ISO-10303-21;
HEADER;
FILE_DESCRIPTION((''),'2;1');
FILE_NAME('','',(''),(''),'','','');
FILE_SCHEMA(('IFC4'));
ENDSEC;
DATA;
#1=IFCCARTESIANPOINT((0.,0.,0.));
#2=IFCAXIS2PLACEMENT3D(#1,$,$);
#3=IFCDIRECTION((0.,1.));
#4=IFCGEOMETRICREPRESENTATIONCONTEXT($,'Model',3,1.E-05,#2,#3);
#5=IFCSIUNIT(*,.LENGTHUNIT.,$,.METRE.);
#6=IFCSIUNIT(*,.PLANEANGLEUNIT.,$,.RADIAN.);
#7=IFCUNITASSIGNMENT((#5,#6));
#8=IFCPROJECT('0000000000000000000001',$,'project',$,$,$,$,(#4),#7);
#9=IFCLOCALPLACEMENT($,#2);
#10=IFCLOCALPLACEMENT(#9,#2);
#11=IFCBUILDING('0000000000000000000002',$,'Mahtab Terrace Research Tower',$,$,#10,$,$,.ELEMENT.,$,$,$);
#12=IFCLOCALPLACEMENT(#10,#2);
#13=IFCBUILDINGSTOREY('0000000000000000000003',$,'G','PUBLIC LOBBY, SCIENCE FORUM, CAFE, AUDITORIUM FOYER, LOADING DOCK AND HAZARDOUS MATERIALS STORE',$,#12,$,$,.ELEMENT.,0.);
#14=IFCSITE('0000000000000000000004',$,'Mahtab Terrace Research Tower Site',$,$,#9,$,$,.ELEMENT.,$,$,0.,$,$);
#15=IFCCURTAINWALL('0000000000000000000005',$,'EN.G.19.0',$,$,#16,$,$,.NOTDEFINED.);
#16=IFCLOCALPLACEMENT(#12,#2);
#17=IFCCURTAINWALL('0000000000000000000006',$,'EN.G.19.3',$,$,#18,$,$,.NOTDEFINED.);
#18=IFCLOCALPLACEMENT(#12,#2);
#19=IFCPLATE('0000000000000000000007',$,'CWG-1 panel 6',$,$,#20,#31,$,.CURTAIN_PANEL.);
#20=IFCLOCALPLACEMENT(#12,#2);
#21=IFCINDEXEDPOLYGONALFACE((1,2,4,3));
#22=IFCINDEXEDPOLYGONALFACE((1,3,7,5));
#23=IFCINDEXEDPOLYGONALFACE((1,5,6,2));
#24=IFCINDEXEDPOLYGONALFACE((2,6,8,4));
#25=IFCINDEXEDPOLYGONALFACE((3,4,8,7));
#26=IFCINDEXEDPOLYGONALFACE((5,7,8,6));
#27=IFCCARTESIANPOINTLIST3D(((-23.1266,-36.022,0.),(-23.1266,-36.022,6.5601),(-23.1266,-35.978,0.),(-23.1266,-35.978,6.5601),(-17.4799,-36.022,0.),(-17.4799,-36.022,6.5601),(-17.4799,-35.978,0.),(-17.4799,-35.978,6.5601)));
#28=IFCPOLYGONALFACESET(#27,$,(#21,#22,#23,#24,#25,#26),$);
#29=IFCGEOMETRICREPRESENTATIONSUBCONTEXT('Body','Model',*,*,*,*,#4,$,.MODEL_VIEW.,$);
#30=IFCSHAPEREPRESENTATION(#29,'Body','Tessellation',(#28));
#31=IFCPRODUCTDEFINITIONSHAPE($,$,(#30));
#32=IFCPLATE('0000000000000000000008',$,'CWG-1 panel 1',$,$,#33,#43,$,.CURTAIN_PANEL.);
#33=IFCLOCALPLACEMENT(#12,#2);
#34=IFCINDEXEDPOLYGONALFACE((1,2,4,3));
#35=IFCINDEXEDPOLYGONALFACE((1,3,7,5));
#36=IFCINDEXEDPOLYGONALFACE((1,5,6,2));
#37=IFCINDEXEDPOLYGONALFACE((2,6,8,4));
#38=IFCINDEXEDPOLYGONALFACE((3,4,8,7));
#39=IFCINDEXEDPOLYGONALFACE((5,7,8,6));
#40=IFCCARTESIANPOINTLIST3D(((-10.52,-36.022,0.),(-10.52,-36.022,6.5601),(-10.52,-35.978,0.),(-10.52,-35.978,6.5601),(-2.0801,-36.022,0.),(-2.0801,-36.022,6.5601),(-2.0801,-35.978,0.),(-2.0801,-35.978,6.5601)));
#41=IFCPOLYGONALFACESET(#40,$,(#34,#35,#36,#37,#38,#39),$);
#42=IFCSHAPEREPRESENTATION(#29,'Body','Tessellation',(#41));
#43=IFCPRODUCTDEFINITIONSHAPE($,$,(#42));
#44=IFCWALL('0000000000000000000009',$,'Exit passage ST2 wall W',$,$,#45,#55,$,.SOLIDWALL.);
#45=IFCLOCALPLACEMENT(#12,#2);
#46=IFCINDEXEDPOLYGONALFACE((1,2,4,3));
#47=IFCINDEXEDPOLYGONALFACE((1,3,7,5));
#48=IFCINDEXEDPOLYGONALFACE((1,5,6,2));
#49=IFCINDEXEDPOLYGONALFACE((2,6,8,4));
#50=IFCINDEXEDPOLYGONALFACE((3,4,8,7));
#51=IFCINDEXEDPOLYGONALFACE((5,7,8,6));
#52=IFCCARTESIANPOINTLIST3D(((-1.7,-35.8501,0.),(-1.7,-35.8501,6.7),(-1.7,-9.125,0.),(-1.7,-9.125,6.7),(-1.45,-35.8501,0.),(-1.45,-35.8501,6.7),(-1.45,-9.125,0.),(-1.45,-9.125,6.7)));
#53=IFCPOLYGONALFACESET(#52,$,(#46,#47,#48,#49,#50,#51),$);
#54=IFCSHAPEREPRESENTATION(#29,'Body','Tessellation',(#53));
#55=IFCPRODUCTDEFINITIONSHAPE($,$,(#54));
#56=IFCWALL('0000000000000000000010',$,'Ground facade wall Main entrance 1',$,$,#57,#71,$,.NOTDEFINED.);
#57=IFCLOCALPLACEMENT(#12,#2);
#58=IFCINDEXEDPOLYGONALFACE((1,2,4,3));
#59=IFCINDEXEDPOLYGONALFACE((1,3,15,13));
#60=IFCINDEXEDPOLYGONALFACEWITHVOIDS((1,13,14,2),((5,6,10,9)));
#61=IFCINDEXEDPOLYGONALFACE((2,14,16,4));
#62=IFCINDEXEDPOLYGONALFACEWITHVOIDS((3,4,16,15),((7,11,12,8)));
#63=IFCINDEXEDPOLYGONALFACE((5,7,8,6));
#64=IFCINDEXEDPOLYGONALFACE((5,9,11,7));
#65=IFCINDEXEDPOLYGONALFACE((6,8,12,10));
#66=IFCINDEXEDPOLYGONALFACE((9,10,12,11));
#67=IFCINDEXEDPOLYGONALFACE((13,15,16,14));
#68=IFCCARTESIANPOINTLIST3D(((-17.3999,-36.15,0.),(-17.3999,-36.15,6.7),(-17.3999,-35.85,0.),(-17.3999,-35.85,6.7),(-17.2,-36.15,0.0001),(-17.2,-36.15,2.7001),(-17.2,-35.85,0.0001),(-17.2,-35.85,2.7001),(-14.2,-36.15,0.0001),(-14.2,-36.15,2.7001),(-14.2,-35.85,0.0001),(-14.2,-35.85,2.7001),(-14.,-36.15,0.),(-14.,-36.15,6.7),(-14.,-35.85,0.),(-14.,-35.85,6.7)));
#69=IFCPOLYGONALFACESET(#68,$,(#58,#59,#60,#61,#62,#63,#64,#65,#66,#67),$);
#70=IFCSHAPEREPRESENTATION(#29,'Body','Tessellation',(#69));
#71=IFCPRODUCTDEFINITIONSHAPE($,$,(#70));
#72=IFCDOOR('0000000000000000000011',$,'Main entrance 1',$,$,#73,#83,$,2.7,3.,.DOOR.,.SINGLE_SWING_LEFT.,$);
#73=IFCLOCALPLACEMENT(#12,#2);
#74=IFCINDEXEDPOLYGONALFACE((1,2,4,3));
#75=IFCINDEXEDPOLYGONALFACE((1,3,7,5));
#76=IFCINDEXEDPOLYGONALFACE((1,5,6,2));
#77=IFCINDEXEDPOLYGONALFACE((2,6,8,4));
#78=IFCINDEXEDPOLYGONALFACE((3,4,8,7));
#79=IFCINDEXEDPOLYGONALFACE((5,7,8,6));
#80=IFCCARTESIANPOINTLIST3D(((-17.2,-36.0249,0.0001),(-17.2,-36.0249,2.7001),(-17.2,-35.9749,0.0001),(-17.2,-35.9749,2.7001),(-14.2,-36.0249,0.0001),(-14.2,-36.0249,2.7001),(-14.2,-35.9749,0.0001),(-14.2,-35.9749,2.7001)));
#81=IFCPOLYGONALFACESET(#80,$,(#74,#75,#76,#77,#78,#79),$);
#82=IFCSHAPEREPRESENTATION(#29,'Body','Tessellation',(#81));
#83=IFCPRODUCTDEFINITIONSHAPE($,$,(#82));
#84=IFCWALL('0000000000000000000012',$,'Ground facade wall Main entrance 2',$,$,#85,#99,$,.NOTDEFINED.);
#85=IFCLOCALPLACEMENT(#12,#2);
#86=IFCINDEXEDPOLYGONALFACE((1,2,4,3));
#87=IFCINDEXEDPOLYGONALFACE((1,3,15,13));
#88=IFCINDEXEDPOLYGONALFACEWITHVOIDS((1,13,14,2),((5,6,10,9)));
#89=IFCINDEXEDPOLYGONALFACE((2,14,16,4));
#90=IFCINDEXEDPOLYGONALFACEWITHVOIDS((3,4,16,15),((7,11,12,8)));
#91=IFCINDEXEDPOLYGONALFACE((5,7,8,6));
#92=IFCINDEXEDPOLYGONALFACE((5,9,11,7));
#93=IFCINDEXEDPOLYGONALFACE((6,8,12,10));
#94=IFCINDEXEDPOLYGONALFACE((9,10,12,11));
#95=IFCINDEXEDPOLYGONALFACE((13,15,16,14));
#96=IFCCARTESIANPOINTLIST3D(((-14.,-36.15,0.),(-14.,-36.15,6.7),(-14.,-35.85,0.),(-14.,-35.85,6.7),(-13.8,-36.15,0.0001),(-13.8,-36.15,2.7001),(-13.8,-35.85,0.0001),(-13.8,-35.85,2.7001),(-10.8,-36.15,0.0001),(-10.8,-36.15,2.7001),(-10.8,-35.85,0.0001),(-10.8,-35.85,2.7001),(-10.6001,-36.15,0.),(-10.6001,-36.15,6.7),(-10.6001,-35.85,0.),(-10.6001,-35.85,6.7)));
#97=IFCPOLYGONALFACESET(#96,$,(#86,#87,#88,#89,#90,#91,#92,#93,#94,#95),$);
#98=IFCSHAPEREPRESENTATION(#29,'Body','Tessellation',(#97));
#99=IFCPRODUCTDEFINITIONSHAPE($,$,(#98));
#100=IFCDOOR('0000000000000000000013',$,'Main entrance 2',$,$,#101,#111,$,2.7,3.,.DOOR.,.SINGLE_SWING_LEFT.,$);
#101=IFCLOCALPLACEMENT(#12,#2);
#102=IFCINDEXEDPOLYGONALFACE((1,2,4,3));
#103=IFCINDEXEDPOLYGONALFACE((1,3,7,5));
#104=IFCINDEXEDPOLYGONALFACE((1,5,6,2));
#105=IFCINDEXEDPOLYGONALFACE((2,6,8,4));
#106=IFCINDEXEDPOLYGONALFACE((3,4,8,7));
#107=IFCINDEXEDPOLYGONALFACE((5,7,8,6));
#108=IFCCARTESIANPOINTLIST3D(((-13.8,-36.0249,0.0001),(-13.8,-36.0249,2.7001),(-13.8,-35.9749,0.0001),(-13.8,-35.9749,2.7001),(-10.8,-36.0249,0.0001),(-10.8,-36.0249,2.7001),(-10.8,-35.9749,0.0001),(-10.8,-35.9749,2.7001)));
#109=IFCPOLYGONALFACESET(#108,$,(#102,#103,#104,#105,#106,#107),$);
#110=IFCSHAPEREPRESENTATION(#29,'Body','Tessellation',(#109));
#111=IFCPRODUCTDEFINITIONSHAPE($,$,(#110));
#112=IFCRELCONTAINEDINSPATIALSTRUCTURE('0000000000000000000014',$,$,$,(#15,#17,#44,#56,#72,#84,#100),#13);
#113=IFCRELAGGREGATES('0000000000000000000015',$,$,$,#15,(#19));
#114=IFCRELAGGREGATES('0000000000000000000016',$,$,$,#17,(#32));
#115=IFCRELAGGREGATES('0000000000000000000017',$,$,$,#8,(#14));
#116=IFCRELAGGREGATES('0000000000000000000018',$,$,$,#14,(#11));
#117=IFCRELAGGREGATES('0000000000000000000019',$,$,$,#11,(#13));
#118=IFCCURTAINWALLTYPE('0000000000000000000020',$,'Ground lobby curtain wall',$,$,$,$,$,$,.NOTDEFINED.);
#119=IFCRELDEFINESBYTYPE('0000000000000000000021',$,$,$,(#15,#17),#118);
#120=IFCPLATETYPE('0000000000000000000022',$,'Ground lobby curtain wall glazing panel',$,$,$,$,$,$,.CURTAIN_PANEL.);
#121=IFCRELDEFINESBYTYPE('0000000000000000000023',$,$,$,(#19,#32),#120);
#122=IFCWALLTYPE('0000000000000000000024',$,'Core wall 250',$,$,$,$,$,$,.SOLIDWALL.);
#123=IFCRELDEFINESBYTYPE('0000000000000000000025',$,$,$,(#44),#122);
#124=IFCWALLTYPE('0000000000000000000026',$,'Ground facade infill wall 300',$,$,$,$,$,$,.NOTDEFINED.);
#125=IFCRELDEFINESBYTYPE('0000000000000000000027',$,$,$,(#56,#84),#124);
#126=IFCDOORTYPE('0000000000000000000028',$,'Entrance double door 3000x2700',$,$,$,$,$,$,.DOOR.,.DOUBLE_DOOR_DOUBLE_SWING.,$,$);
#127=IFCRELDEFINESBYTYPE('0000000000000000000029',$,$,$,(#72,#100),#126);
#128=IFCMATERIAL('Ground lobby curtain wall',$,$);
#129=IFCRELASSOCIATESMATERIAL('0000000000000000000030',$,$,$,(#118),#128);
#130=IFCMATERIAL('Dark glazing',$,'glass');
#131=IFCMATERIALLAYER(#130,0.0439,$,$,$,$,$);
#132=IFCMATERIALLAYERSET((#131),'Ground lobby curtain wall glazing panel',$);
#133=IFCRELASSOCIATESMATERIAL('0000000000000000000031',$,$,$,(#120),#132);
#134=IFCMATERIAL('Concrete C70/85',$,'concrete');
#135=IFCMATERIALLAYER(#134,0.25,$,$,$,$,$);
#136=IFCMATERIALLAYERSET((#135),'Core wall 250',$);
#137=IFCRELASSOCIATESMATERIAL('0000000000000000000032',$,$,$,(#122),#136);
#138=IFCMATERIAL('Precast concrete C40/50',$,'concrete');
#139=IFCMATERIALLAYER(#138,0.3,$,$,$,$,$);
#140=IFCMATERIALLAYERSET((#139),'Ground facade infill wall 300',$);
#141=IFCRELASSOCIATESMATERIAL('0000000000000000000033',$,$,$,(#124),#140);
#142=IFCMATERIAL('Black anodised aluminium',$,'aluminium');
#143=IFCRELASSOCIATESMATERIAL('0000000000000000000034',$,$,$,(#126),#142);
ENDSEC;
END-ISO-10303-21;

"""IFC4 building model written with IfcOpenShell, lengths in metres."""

from ifc_helpers import new_model, si_unit, direction, frame, frame_2d, origin, origin_2d, place, context, subcontext, project, spatial, rectangle, extrude, material, layer, layer_set, type_object, element, fill, aggregate, save


model = new_model("IFC4")

# Units and contexts
model_context = context("Model", 3, precision=1e-05, world=origin(), true_north=direction((0.0, 1.0)))
body_context = subcontext(model_context, "Body", "Model", "MODEL_VIEW")
ifc_project = project(units=[si_unit("LENGTHUNIT", "METRE"), si_unit("PLANEANGLEUNIT", "RADIAN")], contexts=[model_context])

# Site, building, storey
site_placement = place(None, origin())
site = spatial("IfcSite", under=ifc_project, at=site_placement, Name="Mahtab Terrace Research Tower Site", CompositionType="ELEMENT", RefElevation=0.0)
building_placement = place(site_placement, origin())
building = spatial("IfcBuilding", under=site, at=building_placement, Name="Mahtab Terrace Research Tower", CompositionType="ELEMENT")
storey_placement = place(building_placement, origin())
storey = spatial("IfcBuildingStorey", under=building, at=storey_placement, Name="G", Description="PUBLIC LOBBY, SCIENCE FORUM, CAFE, AUDITORIUM FOYER, LOADING DOCK AND HAZARDOUS MATERIALS STORE", CompositionType="ELEMENT", Elevation=0.0)

# Shared definitions
ifc_material_1 = material(Name="Concrete C70/85", Category="concrete")

# Curtain wall
ifc_material_2 = material(Name="Ground lobby curtain wall")
curtain_wall_type = type_object("IfcCurtainWallType", Name="Ground lobby curtain wall", PredefinedType="NOTDEFINED", material=ifc_material_2)
curtain_wall_1_placement = place(storey_placement, origin())
curtain_wall_1 = element("IfcCurtainWall", 1, at=curtain_wall_1_placement, inside=storey, type_object=curtain_wall_type, Name="EN.G.19.0", PredefinedType="NOTDEFINED")

# Curtain wall
curtain_wall_2_placement = place(storey_placement, origin())
curtain_wall_2 = element("IfcCurtainWall", 2, at=curtain_wall_2_placement, inside=storey, type_object=curtain_wall_type, Name="EN.G.19.3", PredefinedType="NOTDEFINED")

# Plates
ifc_material_3 = material(Name="Dark glazing", Category="glass")
ifc_layer_1 = layer(ifc_material_3, 0.0439)
ifc_layer_set_1 = layer_set([ifc_layer_1], Name="Ground lobby curtain wall glazing panel")
plate_type = type_object("IfcPlateType", Name="Ground lobby curtain wall glazing panel", PredefinedType="CURTAIN_PANEL", material=ifc_layer_set_1)
plate_1_placement = place(storey_placement, frame((-20.3032, -36.0, 0.0), z_axis=(0.0, 0.0, 1.0), x_axis=(1.0, 0.0, 0.0)))
plate_1 = element("IfcPlate", 3, at=plate_1_placement, type_object=plate_type, Name="CWG-1 panel 6", PredefinedType="CURTAIN_PANEL", context=body_context, shape_type="SweptSolid", body=[
    extrude(rectangle(XDim=5.6467, YDim=0.0439, at=origin_2d()), origin(), (0.0, 0.0, 1.0), 6.5601),
])
aggregate(curtain_wall_1, [plate_1])
plate_2_placement = place(storey_placement, frame((-6.3, -36.0, 0.0), z_axis=(0.0, 0.0, 1.0), x_axis=(1.0, 0.0, 0.0)))
plate_2 = element("IfcPlate", 4, at=plate_2_placement, type_object=plate_type, Name="CWG-1 panel 1", PredefinedType="CURTAIN_PANEL", context=body_context, shape_type="SweptSolid", body=[
    extrude(rectangle(XDim=8.4399, YDim=0.0439, at=origin_2d()), origin(), (0.0, 0.0, 1.0), 6.5601),
])
aggregate(curtain_wall_2, [plate_2])

# Wall
ifc_layer_2 = layer(ifc_material_1, 0.25)
ifc_layer_set_2 = layer_set([ifc_layer_2], Name="Core wall 250")
wall_type_1 = type_object("IfcWallType", Name="Core wall 250", PredefinedType="SOLIDWALL", material=ifc_layer_set_2)
wall_1_placement = place(storey_placement, frame((-1.575, -35.8501, 0.0), z_axis=(0.0, 0.0, 1.0), x_axis=(0.0, 1.0, 0.0)))
element("IfcWall", 5, at=wall_1_placement, inside=storey, type_object=wall_type_1, Name="Exit passage ST2 wall W", PredefinedType="SOLIDWALL", context=body_context, shape_type="SweptSolid", body=[
    extrude(rectangle(XDim=26.7251, YDim=0.25, at=frame_2d((13.3625, 0.0))), origin(), (0.0, 0.0, 1.0), 6.7),
])

# Walls, openings, doors
ifc_material_4 = material(Name="Precast concrete C40/50", Category="concrete")
ifc_layer_3 = layer(ifc_material_4, 0.3)
ifc_layer_set_3 = layer_set([ifc_layer_3], Name="Ground facade infill wall 300")
wall_type_2 = type_object("IfcWallType", Name="Ground facade infill wall 300", PredefinedType="NOTDEFINED", material=ifc_layer_set_3)
wall_2_placement = place(storey_placement, frame((-14.0, -36.0, 0.0), z_axis=(0.0, 0.0, 1.0), x_axis=(-1.0, 0.0, 0.0)))
wall_2 = element("IfcWall", 6, at=wall_2_placement, inside=storey, type_object=wall_type_2, Name="Ground facade wall Main entrance 1", PredefinedType="NOTDEFINED", context=body_context, shape_type="SweptSolid", body=[
    extrude(rectangle(XDim=3.3999, YDim=0.3, at=frame_2d((1.7, 0.0))), origin(), (0.0, 0.0, 1.0), 6.7),
])
opening_1_placement = place(wall_2_placement, frame((0.2, 0.0, 0.0)))
opening_1 = element("IfcOpeningElement", 7, at=opening_1_placement, cuts=wall_2, PredefinedType="OPENING", context=body_context, shape_type="SweptSolid", body=[
    extrude(rectangle(XDim=3.0, YDim=2.7, at=frame_2d((1.5, 1.3501))), frame((0.0, 0.1599, 0.0), z_axis=(0.0, -1.0, 0.0), x_axis=(1.0, 0.0, 0.0)), (0.0, 0.0, 1.0), 0.3201),
])
ifc_material_5 = material(Name="Black anodised aluminium", Category="aluminium")
door_type = type_object("IfcDoorType", Name="Entrance double door 3000x2700", OperationType="DOUBLE_DOOR_DOUBLE_SWING", PredefinedType="DOOR", material=ifc_material_5)
door_1_placement = place(opening_1_placement, origin())
door_1 = element("IfcDoor", 8, at=door_1_placement, inside=storey, type_object=door_type, Name="Main entrance 1", OperationType="SINGLE_SWING_LEFT", OverallHeight=2.7, OverallWidth=3.0, PredefinedType="DOOR", context=body_context, shape_type="SweptSolid", body=[
    extrude(rectangle(XDim=3.0, YDim=2.7, at=frame_2d((1.5, 1.3501))), frame((0.0, 0.0249, 0.0), z_axis=(0.0, -1.0, 0.0), x_axis=(1.0, 0.0, 0.0)), (0.0, 0.0, 1.0), 0.05),
])
fill(opening_1, door_1)
wall_3_placement = place(storey_placement, frame((-10.6001, -36.0, 0.0), z_axis=(0.0, 0.0, 1.0), x_axis=(-1.0, 0.0, 0.0)))
wall_3 = element("IfcWall", 9, at=wall_3_placement, inside=storey, type_object=wall_type_2, Name="Ground facade wall Main entrance 2", PredefinedType="NOTDEFINED", context=body_context, shape_type="SweptSolid", body=[
    extrude(rectangle(XDim=3.3999, YDim=0.3, at=frame_2d((1.7, 0.0))), origin(), (0.0, 0.0, 1.0), 6.7),
])
opening_2_placement = place(wall_3_placement, frame((0.2, 0.0, 0.0)))
opening_2 = element("IfcOpeningElement", 10, at=opening_2_placement, cuts=wall_3, PredefinedType="OPENING", context=body_context, shape_type="SweptSolid", body=[
    extrude(rectangle(XDim=3.0, YDim=2.7, at=frame_2d((1.5, 1.3501))), frame((0.0, 0.1599, 0.0), z_axis=(0.0, -1.0, 0.0), x_axis=(1.0, 0.0, 0.0)), (0.0, 0.0, 1.0), 0.3201),
])
door_2_placement = place(opening_2_placement, origin())
door_2 = element("IfcDoor", 11, at=door_2_placement, inside=storey, type_object=door_type, Name="Main entrance 2", OperationType="SINGLE_SWING_LEFT", OverallHeight=2.7, OverallWidth=3.0, PredefinedType="DOOR", context=body_context, shape_type="SweptSolid", body=[
    extrude(rectangle(XDim=3.0, YDim=2.7, at=frame_2d((1.5, 1.3501))), frame((0.0, 0.0249, 0.0), z_axis=(0.0, -1.0, 0.0), x_axis=(1.0, 0.0, 0.0)), (0.0, 0.0, 1.0), 0.05),
])
fill(opening_2, door_2)

save(model, "model.ifc")
